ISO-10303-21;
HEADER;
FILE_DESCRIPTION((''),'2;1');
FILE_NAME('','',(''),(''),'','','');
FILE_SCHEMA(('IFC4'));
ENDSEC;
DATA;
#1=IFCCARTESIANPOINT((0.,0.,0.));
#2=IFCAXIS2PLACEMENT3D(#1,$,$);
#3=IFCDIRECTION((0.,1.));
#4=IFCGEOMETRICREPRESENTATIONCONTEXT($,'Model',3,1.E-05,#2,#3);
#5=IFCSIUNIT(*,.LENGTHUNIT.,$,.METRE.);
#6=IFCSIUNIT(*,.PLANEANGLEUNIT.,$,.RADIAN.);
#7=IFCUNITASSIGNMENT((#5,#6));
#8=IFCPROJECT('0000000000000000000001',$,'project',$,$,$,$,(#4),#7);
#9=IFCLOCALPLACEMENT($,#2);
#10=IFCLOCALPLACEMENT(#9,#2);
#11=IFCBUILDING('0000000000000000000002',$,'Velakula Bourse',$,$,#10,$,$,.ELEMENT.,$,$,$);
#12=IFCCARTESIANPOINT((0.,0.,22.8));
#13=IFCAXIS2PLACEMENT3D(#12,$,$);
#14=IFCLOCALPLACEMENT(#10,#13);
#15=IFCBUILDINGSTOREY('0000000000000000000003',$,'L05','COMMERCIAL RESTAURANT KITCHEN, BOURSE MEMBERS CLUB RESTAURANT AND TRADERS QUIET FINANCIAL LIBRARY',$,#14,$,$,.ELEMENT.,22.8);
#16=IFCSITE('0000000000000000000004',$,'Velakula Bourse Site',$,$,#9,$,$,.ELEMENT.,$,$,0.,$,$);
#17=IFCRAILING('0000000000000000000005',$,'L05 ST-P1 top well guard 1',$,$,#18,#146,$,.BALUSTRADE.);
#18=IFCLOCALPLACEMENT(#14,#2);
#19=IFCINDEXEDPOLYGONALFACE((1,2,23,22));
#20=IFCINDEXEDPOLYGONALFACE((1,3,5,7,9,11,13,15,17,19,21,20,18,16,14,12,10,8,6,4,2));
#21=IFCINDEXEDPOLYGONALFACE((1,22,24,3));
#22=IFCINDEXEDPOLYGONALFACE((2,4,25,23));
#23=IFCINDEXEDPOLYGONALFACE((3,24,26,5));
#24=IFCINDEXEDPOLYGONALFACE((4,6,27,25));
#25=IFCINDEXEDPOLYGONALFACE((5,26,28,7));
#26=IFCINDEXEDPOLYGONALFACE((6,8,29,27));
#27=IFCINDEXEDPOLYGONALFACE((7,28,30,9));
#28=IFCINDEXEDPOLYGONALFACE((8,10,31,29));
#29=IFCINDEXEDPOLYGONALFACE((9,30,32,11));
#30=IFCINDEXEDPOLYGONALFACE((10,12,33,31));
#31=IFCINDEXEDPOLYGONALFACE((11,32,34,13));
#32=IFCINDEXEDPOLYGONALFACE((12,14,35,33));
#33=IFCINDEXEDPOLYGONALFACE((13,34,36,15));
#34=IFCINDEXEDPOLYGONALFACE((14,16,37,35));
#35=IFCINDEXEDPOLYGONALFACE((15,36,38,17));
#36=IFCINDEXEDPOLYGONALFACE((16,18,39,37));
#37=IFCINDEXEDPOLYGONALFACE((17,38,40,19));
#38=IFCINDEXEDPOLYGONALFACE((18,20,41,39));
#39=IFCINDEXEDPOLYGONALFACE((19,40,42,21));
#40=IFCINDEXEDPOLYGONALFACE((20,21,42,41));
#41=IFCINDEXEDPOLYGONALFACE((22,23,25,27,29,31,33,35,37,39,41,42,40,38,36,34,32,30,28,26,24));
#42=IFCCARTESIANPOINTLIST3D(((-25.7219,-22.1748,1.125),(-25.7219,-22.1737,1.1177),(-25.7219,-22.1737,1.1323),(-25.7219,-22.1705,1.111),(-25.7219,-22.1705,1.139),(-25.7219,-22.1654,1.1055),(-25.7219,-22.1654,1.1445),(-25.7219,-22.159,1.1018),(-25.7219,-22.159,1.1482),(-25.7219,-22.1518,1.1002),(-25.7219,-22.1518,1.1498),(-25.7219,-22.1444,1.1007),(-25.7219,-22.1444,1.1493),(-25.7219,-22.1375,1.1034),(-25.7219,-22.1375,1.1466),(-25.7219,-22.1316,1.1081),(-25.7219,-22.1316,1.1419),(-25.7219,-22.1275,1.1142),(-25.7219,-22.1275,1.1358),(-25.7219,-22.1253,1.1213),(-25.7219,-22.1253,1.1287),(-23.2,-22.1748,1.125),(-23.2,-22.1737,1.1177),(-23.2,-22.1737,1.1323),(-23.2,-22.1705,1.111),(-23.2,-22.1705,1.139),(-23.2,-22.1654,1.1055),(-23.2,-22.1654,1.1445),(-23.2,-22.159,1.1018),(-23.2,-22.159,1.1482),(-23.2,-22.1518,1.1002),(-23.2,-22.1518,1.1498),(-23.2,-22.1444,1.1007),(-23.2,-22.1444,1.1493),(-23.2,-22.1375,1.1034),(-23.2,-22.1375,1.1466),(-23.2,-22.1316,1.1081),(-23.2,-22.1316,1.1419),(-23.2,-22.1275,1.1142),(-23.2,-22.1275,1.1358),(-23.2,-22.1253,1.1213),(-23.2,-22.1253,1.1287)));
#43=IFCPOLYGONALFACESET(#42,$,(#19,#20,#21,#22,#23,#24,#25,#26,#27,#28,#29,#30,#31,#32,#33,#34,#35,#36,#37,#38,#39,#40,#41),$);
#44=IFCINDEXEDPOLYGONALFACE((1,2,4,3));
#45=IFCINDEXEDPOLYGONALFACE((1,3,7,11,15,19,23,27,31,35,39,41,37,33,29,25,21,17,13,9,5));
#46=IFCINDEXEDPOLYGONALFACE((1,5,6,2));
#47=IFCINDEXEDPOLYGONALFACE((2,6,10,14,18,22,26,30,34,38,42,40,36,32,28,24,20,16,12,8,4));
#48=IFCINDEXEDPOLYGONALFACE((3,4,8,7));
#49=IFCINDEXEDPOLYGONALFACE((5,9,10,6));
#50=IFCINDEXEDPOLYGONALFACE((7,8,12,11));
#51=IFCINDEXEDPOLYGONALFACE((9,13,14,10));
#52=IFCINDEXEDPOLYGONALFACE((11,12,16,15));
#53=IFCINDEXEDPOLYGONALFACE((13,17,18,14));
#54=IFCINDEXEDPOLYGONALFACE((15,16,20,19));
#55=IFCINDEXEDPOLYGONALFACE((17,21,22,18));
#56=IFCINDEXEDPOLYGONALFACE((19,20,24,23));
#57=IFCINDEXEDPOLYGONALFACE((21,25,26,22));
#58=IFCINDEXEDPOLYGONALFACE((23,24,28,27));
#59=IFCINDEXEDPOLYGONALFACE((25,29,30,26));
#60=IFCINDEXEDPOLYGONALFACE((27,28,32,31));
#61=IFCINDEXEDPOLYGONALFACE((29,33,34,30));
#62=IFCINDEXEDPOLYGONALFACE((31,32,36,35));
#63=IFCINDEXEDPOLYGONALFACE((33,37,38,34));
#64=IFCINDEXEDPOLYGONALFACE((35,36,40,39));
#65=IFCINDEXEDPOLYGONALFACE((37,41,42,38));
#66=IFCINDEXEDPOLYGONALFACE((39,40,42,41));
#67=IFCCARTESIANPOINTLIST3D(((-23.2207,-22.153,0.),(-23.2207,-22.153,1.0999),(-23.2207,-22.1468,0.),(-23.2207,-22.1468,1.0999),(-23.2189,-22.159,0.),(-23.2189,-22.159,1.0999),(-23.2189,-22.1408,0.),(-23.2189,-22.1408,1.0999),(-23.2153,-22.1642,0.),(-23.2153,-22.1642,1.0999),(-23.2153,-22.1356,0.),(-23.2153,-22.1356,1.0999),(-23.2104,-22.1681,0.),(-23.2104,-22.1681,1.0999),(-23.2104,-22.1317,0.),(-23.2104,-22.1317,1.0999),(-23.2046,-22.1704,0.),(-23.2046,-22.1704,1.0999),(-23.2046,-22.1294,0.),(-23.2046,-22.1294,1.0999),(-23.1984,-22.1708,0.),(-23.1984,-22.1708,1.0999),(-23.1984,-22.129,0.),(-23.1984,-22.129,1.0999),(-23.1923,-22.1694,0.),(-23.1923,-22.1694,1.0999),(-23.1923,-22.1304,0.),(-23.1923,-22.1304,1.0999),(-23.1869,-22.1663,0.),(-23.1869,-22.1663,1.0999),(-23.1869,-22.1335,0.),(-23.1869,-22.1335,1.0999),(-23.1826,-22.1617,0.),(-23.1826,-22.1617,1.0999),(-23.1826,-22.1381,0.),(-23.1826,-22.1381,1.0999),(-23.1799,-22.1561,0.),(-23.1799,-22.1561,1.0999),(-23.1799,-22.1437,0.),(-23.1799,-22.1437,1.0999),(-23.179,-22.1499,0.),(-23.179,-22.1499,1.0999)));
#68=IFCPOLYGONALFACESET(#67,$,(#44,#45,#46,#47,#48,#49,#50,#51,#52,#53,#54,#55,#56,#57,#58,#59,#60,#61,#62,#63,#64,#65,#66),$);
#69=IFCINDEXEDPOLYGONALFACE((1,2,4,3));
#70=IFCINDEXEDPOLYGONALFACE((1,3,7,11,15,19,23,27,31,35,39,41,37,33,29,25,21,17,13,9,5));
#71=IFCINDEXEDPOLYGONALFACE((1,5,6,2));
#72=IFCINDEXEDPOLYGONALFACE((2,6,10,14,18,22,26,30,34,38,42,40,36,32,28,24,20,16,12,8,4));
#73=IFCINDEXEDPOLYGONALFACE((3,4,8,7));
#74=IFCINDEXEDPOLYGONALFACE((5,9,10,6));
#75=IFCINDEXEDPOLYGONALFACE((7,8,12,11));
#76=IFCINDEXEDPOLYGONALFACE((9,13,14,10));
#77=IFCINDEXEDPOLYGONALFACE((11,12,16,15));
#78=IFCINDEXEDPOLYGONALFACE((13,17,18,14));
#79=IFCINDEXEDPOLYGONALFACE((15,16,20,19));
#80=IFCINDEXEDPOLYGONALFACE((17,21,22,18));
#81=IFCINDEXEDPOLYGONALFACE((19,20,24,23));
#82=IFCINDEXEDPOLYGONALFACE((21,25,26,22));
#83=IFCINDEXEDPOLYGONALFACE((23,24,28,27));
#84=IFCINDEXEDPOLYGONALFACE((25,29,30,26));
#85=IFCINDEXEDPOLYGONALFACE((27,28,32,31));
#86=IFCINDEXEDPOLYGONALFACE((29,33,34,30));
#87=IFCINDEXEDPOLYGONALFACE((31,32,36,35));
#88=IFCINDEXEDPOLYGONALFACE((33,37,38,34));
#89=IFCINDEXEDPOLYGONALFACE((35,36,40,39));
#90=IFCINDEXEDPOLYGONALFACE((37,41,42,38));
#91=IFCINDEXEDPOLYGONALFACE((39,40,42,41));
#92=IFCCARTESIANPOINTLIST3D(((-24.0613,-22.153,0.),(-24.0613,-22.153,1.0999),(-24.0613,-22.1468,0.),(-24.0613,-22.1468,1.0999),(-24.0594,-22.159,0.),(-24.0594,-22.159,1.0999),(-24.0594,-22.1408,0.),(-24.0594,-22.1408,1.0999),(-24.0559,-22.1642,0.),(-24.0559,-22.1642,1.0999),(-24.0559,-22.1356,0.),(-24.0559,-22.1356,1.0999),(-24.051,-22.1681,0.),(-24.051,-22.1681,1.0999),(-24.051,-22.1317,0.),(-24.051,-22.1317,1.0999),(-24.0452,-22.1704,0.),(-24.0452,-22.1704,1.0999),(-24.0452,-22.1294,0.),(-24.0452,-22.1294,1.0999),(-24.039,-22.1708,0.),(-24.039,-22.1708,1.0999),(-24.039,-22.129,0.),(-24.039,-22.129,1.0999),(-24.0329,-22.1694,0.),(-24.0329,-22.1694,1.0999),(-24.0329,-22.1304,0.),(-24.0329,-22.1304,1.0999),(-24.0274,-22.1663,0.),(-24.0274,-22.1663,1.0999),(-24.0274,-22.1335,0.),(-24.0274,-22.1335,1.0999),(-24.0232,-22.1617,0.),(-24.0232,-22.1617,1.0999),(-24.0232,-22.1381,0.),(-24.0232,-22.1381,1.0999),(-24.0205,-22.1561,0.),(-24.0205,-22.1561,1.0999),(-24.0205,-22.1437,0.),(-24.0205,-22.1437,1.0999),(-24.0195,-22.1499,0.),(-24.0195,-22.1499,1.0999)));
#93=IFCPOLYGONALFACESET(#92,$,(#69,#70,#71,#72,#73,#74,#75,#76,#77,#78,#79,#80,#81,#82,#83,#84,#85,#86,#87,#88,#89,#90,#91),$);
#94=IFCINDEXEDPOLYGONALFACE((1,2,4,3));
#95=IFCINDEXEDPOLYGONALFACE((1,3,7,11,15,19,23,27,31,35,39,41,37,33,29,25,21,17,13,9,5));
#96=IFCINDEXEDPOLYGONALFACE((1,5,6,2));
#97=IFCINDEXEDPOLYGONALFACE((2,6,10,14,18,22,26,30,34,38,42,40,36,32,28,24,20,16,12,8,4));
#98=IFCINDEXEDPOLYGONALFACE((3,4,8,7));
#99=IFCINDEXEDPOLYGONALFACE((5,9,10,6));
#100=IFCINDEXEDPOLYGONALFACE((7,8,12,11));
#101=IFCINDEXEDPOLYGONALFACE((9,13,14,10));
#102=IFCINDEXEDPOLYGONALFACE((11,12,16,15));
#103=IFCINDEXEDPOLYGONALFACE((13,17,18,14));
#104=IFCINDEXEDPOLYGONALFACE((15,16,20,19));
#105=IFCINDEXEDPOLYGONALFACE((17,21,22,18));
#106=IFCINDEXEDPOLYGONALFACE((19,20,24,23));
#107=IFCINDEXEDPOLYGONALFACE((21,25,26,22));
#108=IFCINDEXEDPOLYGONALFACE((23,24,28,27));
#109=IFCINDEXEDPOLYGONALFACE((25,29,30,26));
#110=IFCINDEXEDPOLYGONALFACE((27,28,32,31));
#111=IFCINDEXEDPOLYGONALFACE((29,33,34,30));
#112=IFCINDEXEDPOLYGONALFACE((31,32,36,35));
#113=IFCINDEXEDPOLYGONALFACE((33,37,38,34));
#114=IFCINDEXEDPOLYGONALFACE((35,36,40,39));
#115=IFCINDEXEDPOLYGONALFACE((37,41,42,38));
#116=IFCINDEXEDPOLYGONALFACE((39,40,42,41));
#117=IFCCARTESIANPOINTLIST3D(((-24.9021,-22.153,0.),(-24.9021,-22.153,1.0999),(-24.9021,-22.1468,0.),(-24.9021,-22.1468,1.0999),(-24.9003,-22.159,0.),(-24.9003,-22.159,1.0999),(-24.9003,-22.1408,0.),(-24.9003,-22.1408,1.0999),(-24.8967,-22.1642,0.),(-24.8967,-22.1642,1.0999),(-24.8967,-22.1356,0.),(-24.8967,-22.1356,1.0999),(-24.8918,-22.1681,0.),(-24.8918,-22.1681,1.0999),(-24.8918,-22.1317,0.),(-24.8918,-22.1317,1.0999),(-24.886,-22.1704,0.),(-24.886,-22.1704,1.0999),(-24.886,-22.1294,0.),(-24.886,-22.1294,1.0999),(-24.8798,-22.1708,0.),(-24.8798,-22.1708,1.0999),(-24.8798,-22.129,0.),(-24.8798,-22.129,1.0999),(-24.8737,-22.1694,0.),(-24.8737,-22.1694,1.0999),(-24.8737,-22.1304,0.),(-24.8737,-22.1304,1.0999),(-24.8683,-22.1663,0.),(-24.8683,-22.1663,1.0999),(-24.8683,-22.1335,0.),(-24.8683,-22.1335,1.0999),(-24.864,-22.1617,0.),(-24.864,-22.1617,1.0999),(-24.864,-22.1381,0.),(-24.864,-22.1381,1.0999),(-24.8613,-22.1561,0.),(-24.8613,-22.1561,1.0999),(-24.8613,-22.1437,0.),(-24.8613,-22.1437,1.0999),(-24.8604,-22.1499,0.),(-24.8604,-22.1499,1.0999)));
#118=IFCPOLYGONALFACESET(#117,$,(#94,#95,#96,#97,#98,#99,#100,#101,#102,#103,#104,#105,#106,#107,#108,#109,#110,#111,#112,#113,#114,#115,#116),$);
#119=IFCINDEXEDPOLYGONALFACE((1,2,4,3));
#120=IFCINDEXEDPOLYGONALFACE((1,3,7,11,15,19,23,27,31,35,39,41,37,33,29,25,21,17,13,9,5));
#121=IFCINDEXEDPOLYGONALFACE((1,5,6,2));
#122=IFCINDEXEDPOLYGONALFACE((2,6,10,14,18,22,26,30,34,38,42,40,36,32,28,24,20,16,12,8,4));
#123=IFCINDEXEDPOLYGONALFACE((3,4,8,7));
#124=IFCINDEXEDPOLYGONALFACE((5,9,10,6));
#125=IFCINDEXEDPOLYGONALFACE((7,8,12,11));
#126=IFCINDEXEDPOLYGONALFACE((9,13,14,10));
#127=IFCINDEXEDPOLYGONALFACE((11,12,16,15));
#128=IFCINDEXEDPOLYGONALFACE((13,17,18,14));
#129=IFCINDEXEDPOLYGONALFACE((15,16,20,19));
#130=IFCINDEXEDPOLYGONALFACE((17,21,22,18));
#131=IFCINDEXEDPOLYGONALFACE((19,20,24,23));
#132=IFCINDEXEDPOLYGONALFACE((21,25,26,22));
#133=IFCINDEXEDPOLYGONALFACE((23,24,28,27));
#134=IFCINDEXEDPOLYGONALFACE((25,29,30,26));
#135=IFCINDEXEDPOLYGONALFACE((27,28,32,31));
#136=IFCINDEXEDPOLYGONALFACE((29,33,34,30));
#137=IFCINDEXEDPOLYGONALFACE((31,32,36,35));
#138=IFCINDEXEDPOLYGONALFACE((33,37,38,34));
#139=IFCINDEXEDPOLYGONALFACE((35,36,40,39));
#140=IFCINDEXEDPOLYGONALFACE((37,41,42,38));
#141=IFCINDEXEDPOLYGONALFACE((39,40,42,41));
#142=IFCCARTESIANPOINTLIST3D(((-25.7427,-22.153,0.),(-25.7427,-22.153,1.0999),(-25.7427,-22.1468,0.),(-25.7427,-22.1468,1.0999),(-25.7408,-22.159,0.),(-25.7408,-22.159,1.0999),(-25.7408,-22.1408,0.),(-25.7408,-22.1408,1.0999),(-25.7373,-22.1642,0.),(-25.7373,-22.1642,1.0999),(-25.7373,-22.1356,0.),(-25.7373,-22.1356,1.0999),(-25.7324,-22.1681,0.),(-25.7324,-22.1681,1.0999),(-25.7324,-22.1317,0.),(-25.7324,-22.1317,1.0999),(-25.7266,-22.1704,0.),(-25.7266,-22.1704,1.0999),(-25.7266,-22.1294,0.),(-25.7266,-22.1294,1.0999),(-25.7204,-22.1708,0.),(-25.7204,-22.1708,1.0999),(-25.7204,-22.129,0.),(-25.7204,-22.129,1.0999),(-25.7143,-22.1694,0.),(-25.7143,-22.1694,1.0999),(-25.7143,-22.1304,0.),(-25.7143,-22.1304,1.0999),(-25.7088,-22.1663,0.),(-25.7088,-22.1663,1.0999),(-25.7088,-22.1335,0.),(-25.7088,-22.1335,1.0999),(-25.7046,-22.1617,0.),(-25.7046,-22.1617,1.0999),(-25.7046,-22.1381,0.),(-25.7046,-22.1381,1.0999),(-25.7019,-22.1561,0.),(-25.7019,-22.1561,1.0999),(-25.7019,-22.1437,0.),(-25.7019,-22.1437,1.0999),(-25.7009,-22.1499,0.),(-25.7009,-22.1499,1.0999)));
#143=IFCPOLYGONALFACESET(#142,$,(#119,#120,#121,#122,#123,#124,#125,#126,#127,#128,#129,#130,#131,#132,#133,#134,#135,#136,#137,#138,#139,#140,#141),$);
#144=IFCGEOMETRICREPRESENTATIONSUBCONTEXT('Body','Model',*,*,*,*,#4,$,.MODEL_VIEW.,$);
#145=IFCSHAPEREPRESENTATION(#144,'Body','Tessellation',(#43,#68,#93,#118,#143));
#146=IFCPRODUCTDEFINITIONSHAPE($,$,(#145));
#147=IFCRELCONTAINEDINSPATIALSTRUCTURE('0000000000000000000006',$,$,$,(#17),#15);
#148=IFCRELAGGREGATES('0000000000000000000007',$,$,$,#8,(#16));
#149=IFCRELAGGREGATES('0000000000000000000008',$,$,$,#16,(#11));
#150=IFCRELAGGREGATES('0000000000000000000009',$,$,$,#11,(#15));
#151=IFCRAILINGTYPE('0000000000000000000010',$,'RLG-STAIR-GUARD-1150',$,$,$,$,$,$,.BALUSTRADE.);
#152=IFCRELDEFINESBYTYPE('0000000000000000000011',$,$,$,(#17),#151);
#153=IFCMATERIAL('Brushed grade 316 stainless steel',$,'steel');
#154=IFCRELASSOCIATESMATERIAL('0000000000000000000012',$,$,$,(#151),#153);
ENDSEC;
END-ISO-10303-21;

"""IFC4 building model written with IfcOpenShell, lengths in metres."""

from ifc_helpers import new_model, si_unit, direction, frame, origin, origin_2d, place, context, subcontext, project, spatial, circle, extrude, material, type_object, element, save


model = new_model("IFC4")

# Units and contexts
model_context = context("Model", 3, precision=1e-05, world=origin(), true_north=direction((0.0, 1.0)))
body_context = subcontext(model_context, "Body", "Model", "MODEL_VIEW")
ifc_project = project(units=[si_unit("LENGTHUNIT", "METRE"), si_unit("PLANEANGLEUNIT", "RADIAN")], contexts=[model_context])

# Site, building, storey
site_placement = place(None, origin())
site = spatial("IfcSite", under=ifc_project, at=site_placement, Name="Velakula Bourse Site", CompositionType="ELEMENT", RefElevation=0.0)
building_placement = place(site_placement, origin())
building = spatial("IfcBuilding", under=site, at=building_placement, Name="Velakula Bourse", CompositionType="ELEMENT")
storey_placement = place(building_placement, frame((0.0, 0.0, 22.8)))
storey = spatial("IfcBuildingStorey", under=building, at=storey_placement, Name="L05", Description="COMMERCIAL RESTAURANT KITCHEN, BOURSE MEMBERS CLUB RESTAURANT AND TRADERS QUIET FINANCIAL LIBRARY", CompositionType="ELEMENT", Elevation=22.8)

# Railing
ifc_material_1 = material(Name="Brushed grade 316 stainless steel", Category="steel")
railing_type = type_object("IfcRailingType", Name="RLG-STAIR-GUARD-1150", PredefinedType="BALUSTRADE", material=ifc_material_1)
railing_placement = place(storey_placement, frame((-23.2, -22.1499, 0.0)))
element("IfcRailing", 1, at=railing_placement, inside=storey, type_object=railing_type, Name="L05 ST-P1 top well guard 1", PredefinedType="BALUSTRADE", context=body_context, shape_type="SweptSolid", body=[
    extrude(circle(Radius=0.0249, at=origin_2d()), frame((0.0, 0.0, 1.125), z_axis=(-1.0, 0.0, 0.0), x_axis=(0.0, -1.0, 0.0)), (0.0, 0.0, 1.0), 2.522),
    extrude(circle(Radius=0.021, at=origin_2d()), origin(), (0.0, 0.0, 1.0), 1.0999),
    extrude(circle(Radius=0.021, at=origin_2d()), frame((-0.8406, 0.0, 0.0)), (0.0, 0.0, 1.0), 1.0999),
    extrude(circle(Radius=0.021, at=origin_2d()), frame((-1.6814, 0.0, 0.0)), (0.0, 0.0, 1.0), 1.0999),
    extrude(circle(Radius=0.021, at=origin_2d()), frame((-2.522, 0.0, 0.0)), (0.0, 0.0, 1.0), 1.0999),
])

save(model, "model.ifc")
